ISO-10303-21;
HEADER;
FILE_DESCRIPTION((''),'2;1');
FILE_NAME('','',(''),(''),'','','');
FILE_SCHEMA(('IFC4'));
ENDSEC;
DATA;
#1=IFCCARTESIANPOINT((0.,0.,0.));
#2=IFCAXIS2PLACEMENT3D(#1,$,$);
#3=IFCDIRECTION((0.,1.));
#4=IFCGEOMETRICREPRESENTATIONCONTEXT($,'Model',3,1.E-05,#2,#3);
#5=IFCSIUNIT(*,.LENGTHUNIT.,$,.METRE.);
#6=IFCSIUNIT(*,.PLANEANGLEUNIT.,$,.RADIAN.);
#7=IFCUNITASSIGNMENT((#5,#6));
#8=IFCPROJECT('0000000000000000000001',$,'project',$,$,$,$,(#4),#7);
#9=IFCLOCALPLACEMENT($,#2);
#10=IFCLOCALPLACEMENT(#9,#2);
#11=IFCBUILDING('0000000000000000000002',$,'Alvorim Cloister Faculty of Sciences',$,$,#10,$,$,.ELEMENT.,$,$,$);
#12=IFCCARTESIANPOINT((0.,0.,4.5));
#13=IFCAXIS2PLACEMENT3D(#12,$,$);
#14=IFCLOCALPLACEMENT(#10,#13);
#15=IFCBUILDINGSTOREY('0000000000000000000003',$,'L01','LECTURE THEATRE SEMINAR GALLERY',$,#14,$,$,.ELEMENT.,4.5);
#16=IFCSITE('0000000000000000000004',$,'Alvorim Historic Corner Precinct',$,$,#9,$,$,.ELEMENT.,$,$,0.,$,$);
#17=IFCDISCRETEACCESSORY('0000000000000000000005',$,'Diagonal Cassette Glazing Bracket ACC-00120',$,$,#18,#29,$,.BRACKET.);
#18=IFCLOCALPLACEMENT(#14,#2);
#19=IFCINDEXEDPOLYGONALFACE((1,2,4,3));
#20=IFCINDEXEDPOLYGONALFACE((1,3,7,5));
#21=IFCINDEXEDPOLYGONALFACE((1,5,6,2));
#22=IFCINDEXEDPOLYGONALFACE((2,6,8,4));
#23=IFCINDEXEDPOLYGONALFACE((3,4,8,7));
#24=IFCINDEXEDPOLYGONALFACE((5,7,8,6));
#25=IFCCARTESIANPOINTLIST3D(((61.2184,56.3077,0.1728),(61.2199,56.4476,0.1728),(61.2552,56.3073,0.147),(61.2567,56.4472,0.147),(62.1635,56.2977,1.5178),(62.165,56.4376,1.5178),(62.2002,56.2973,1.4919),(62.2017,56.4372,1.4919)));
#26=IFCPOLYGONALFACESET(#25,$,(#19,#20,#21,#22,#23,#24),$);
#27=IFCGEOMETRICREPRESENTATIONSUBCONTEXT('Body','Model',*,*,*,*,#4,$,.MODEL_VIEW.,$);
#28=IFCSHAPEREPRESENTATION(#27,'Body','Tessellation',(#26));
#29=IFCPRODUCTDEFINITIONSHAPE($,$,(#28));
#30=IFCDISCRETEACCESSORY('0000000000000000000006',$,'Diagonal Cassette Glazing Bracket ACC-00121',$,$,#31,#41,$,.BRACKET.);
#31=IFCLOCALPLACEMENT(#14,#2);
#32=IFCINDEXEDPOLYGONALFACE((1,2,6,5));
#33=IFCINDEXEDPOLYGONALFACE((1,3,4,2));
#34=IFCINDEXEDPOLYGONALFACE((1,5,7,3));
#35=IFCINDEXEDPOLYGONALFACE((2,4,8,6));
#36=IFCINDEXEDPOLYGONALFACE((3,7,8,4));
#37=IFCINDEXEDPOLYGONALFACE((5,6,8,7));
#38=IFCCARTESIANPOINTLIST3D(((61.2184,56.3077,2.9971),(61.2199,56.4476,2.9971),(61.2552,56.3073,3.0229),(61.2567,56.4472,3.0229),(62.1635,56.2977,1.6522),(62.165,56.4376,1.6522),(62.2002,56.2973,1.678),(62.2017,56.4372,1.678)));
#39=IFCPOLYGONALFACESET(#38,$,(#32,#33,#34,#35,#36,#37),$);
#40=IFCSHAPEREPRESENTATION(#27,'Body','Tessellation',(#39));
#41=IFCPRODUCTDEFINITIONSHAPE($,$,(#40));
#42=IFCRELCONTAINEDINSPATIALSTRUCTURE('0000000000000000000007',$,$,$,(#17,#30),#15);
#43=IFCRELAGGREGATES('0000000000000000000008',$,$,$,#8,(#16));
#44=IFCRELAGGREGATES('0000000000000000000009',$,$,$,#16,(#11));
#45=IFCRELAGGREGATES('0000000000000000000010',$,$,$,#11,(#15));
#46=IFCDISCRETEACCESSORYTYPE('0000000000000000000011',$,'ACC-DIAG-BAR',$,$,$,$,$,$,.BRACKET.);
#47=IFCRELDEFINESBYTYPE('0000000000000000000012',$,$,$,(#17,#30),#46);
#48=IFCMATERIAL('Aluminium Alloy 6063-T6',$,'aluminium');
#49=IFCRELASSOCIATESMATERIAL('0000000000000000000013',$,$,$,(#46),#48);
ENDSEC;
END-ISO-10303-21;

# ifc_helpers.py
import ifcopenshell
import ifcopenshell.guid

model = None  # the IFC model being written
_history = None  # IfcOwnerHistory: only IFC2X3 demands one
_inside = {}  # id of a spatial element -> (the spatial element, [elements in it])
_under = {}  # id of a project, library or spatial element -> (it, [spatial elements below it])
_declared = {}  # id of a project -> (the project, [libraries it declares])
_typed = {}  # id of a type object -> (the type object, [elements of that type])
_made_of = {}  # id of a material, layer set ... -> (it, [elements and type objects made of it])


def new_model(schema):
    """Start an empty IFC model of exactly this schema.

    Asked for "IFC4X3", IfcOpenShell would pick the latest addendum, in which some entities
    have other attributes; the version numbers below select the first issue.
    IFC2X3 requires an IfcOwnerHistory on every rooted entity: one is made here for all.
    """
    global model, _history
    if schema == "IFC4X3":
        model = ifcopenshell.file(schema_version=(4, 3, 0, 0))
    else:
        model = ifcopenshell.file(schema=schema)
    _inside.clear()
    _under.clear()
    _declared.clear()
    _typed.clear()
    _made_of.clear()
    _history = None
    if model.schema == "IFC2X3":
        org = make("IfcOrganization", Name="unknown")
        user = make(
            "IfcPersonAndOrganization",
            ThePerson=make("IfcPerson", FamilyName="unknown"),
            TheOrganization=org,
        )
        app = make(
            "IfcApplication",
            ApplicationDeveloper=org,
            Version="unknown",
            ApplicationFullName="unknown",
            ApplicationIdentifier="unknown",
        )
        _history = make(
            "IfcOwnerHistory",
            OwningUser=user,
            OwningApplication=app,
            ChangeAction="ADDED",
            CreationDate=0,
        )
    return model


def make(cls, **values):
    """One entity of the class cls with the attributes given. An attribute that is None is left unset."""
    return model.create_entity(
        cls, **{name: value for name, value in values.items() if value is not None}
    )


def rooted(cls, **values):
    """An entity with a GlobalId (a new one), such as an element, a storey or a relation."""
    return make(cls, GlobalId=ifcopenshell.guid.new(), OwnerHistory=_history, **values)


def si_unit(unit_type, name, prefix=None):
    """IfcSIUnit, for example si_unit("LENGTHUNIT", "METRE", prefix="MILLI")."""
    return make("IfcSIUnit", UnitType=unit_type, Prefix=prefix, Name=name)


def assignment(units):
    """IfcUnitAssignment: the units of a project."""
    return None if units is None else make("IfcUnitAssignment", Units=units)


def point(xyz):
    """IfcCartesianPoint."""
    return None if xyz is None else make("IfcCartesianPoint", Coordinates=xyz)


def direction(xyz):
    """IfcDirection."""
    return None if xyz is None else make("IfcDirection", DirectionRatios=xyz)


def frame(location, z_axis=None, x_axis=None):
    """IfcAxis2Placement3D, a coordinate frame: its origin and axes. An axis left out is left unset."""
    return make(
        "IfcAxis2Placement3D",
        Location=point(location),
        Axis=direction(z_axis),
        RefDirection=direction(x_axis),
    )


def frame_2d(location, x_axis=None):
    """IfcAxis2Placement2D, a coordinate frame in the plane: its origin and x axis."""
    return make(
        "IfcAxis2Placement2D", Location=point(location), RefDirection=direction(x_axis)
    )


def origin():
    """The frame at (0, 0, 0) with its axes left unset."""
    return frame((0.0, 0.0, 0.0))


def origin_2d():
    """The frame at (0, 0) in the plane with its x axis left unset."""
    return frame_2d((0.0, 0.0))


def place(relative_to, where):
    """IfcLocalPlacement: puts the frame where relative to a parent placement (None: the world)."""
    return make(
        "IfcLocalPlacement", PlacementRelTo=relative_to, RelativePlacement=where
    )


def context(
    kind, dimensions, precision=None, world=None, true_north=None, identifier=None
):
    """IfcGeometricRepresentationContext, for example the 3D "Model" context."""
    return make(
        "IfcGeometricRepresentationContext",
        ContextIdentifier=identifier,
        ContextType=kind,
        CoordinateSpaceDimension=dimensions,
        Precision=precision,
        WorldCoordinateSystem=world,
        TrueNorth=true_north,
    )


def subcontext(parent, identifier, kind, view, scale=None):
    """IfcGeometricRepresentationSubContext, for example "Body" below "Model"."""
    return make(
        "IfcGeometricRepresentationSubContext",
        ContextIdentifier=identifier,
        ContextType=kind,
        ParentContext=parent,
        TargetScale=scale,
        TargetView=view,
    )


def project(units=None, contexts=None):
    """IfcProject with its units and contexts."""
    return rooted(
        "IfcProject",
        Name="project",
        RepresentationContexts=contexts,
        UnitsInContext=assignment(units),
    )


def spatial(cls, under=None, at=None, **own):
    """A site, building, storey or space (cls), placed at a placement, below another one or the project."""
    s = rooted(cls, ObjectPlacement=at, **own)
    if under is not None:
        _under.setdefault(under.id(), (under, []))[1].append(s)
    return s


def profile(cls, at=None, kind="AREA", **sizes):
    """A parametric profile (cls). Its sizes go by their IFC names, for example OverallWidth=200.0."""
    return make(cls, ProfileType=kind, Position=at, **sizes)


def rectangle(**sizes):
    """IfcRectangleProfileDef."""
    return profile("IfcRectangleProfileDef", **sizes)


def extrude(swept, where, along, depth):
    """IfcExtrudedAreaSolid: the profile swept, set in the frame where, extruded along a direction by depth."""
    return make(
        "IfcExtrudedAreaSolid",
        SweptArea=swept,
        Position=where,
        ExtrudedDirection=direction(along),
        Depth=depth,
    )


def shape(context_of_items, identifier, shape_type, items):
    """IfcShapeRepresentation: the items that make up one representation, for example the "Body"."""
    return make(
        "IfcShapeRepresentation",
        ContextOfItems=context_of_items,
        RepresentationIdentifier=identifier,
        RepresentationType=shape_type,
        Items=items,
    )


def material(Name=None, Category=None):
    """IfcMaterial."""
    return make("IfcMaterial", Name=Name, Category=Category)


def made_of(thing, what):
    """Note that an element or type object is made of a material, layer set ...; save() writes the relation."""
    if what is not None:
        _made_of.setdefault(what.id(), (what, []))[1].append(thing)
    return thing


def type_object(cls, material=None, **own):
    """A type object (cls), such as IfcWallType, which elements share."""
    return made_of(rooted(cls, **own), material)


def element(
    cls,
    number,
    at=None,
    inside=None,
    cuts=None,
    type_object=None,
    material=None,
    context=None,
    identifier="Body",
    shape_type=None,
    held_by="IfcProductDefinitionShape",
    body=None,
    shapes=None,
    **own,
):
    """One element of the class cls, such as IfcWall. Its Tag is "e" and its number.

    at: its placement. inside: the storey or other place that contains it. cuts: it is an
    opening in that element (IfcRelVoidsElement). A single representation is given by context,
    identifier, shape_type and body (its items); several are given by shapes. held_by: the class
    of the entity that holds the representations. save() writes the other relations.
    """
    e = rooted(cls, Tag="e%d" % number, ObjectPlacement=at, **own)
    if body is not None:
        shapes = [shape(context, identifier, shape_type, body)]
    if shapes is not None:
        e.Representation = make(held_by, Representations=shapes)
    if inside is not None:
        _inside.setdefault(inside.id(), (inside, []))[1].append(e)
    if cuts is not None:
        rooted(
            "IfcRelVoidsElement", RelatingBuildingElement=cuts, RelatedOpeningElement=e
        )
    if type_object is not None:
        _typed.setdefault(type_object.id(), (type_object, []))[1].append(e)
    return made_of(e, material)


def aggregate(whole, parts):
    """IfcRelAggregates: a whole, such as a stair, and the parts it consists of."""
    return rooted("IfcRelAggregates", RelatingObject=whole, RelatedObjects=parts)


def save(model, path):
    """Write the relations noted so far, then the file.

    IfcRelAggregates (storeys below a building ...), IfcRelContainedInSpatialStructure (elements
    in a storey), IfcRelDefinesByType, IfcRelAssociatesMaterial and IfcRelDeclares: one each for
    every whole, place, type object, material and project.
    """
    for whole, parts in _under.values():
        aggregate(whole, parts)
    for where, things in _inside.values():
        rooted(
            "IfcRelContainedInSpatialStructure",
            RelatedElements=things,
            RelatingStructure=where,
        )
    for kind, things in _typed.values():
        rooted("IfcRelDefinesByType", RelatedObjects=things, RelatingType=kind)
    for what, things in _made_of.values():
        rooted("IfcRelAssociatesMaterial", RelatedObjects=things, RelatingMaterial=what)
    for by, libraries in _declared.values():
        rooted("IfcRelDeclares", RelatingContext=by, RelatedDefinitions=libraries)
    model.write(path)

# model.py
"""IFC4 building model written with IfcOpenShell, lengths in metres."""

from ifc_helpers import new_model, si_unit, direction, frame, origin, origin_2d, place, context, subcontext, project, spatial, rectangle, extrude, material, type_object, element, save


model = new_model("IFC4")

# Units and contexts
model_context = context("Model", 3, precision=1e-05, world=origin(), true_north=direction((0.0, 1.0)))
body_context = subcontext(model_context, "Body", "Model", "MODEL_VIEW")
ifc_project = project(units=[si_unit("LENGTHUNIT", "METRE"), si_unit("PLANEANGLEUNIT", "RADIAN")], contexts=[model_context])

# Site, building, storey
site_placement = place(None, origin())
site = spatial("IfcSite", under=ifc_project, at=site_placement, Name="Alvorim Historic Corner Precinct", CompositionType="ELEMENT", RefElevation=0.0)
building_placement = place(site_placement, origin())
building = spatial("IfcBuilding", under=site, at=building_placement, Name="Alvorim Cloister Faculty of Sciences", CompositionType="ELEMENT")
storey_placement = place(building_placement, frame((0.0, 0.0, 4.5)))
storey = spatial("IfcBuildingStorey", under=building, at=storey_placement, Name="L01", Description="LECTURE THEATRE SEMINAR GALLERY", CompositionType="ELEMENT", Elevation=4.5)

# Shared definitions
ifc_material_1 = material(Name="Aluminium Alloy 6063-T6", Category="aluminium")

# Discrete accessories
discrete_accessory_type = type_object("IfcDiscreteAccessoryType", Name="ACC-DIAG-BAR", PredefinedType="BRACKET", material=ifc_material_1)
for number, where, z_axis, x_axis, name in (
    (1, (61.2375, 56.3774, 0.1599), (0.574916, -0.006089, 0.81819), (0.010591, 0.999944, 0.0), "Diagonal Cassette Glazing Bracket ACC-00120"),
    (2, (61.2375, 56.3774, 3.01), (0.574916, -0.006089, -0.81819), (0.010591, 0.999944, 0.0), "Diagonal Cassette Glazing Bracket ACC-00121"),
):
    element("IfcDiscreteAccessory", number, at=place(storey_placement, frame(where, z_axis=z_axis, x_axis=x_axis)), inside=storey, type_object=discrete_accessory_type, Name=name, PredefinedType="BRACKET", context=body_context, shape_type="SweptSolid", body=[
        extrude(rectangle(XDim=0.1399, YDim=0.0449, at=origin_2d()), origin(), (0.0, 0.0, 1.0), 1.6438),
    ])

save(model, "model.ifc")
